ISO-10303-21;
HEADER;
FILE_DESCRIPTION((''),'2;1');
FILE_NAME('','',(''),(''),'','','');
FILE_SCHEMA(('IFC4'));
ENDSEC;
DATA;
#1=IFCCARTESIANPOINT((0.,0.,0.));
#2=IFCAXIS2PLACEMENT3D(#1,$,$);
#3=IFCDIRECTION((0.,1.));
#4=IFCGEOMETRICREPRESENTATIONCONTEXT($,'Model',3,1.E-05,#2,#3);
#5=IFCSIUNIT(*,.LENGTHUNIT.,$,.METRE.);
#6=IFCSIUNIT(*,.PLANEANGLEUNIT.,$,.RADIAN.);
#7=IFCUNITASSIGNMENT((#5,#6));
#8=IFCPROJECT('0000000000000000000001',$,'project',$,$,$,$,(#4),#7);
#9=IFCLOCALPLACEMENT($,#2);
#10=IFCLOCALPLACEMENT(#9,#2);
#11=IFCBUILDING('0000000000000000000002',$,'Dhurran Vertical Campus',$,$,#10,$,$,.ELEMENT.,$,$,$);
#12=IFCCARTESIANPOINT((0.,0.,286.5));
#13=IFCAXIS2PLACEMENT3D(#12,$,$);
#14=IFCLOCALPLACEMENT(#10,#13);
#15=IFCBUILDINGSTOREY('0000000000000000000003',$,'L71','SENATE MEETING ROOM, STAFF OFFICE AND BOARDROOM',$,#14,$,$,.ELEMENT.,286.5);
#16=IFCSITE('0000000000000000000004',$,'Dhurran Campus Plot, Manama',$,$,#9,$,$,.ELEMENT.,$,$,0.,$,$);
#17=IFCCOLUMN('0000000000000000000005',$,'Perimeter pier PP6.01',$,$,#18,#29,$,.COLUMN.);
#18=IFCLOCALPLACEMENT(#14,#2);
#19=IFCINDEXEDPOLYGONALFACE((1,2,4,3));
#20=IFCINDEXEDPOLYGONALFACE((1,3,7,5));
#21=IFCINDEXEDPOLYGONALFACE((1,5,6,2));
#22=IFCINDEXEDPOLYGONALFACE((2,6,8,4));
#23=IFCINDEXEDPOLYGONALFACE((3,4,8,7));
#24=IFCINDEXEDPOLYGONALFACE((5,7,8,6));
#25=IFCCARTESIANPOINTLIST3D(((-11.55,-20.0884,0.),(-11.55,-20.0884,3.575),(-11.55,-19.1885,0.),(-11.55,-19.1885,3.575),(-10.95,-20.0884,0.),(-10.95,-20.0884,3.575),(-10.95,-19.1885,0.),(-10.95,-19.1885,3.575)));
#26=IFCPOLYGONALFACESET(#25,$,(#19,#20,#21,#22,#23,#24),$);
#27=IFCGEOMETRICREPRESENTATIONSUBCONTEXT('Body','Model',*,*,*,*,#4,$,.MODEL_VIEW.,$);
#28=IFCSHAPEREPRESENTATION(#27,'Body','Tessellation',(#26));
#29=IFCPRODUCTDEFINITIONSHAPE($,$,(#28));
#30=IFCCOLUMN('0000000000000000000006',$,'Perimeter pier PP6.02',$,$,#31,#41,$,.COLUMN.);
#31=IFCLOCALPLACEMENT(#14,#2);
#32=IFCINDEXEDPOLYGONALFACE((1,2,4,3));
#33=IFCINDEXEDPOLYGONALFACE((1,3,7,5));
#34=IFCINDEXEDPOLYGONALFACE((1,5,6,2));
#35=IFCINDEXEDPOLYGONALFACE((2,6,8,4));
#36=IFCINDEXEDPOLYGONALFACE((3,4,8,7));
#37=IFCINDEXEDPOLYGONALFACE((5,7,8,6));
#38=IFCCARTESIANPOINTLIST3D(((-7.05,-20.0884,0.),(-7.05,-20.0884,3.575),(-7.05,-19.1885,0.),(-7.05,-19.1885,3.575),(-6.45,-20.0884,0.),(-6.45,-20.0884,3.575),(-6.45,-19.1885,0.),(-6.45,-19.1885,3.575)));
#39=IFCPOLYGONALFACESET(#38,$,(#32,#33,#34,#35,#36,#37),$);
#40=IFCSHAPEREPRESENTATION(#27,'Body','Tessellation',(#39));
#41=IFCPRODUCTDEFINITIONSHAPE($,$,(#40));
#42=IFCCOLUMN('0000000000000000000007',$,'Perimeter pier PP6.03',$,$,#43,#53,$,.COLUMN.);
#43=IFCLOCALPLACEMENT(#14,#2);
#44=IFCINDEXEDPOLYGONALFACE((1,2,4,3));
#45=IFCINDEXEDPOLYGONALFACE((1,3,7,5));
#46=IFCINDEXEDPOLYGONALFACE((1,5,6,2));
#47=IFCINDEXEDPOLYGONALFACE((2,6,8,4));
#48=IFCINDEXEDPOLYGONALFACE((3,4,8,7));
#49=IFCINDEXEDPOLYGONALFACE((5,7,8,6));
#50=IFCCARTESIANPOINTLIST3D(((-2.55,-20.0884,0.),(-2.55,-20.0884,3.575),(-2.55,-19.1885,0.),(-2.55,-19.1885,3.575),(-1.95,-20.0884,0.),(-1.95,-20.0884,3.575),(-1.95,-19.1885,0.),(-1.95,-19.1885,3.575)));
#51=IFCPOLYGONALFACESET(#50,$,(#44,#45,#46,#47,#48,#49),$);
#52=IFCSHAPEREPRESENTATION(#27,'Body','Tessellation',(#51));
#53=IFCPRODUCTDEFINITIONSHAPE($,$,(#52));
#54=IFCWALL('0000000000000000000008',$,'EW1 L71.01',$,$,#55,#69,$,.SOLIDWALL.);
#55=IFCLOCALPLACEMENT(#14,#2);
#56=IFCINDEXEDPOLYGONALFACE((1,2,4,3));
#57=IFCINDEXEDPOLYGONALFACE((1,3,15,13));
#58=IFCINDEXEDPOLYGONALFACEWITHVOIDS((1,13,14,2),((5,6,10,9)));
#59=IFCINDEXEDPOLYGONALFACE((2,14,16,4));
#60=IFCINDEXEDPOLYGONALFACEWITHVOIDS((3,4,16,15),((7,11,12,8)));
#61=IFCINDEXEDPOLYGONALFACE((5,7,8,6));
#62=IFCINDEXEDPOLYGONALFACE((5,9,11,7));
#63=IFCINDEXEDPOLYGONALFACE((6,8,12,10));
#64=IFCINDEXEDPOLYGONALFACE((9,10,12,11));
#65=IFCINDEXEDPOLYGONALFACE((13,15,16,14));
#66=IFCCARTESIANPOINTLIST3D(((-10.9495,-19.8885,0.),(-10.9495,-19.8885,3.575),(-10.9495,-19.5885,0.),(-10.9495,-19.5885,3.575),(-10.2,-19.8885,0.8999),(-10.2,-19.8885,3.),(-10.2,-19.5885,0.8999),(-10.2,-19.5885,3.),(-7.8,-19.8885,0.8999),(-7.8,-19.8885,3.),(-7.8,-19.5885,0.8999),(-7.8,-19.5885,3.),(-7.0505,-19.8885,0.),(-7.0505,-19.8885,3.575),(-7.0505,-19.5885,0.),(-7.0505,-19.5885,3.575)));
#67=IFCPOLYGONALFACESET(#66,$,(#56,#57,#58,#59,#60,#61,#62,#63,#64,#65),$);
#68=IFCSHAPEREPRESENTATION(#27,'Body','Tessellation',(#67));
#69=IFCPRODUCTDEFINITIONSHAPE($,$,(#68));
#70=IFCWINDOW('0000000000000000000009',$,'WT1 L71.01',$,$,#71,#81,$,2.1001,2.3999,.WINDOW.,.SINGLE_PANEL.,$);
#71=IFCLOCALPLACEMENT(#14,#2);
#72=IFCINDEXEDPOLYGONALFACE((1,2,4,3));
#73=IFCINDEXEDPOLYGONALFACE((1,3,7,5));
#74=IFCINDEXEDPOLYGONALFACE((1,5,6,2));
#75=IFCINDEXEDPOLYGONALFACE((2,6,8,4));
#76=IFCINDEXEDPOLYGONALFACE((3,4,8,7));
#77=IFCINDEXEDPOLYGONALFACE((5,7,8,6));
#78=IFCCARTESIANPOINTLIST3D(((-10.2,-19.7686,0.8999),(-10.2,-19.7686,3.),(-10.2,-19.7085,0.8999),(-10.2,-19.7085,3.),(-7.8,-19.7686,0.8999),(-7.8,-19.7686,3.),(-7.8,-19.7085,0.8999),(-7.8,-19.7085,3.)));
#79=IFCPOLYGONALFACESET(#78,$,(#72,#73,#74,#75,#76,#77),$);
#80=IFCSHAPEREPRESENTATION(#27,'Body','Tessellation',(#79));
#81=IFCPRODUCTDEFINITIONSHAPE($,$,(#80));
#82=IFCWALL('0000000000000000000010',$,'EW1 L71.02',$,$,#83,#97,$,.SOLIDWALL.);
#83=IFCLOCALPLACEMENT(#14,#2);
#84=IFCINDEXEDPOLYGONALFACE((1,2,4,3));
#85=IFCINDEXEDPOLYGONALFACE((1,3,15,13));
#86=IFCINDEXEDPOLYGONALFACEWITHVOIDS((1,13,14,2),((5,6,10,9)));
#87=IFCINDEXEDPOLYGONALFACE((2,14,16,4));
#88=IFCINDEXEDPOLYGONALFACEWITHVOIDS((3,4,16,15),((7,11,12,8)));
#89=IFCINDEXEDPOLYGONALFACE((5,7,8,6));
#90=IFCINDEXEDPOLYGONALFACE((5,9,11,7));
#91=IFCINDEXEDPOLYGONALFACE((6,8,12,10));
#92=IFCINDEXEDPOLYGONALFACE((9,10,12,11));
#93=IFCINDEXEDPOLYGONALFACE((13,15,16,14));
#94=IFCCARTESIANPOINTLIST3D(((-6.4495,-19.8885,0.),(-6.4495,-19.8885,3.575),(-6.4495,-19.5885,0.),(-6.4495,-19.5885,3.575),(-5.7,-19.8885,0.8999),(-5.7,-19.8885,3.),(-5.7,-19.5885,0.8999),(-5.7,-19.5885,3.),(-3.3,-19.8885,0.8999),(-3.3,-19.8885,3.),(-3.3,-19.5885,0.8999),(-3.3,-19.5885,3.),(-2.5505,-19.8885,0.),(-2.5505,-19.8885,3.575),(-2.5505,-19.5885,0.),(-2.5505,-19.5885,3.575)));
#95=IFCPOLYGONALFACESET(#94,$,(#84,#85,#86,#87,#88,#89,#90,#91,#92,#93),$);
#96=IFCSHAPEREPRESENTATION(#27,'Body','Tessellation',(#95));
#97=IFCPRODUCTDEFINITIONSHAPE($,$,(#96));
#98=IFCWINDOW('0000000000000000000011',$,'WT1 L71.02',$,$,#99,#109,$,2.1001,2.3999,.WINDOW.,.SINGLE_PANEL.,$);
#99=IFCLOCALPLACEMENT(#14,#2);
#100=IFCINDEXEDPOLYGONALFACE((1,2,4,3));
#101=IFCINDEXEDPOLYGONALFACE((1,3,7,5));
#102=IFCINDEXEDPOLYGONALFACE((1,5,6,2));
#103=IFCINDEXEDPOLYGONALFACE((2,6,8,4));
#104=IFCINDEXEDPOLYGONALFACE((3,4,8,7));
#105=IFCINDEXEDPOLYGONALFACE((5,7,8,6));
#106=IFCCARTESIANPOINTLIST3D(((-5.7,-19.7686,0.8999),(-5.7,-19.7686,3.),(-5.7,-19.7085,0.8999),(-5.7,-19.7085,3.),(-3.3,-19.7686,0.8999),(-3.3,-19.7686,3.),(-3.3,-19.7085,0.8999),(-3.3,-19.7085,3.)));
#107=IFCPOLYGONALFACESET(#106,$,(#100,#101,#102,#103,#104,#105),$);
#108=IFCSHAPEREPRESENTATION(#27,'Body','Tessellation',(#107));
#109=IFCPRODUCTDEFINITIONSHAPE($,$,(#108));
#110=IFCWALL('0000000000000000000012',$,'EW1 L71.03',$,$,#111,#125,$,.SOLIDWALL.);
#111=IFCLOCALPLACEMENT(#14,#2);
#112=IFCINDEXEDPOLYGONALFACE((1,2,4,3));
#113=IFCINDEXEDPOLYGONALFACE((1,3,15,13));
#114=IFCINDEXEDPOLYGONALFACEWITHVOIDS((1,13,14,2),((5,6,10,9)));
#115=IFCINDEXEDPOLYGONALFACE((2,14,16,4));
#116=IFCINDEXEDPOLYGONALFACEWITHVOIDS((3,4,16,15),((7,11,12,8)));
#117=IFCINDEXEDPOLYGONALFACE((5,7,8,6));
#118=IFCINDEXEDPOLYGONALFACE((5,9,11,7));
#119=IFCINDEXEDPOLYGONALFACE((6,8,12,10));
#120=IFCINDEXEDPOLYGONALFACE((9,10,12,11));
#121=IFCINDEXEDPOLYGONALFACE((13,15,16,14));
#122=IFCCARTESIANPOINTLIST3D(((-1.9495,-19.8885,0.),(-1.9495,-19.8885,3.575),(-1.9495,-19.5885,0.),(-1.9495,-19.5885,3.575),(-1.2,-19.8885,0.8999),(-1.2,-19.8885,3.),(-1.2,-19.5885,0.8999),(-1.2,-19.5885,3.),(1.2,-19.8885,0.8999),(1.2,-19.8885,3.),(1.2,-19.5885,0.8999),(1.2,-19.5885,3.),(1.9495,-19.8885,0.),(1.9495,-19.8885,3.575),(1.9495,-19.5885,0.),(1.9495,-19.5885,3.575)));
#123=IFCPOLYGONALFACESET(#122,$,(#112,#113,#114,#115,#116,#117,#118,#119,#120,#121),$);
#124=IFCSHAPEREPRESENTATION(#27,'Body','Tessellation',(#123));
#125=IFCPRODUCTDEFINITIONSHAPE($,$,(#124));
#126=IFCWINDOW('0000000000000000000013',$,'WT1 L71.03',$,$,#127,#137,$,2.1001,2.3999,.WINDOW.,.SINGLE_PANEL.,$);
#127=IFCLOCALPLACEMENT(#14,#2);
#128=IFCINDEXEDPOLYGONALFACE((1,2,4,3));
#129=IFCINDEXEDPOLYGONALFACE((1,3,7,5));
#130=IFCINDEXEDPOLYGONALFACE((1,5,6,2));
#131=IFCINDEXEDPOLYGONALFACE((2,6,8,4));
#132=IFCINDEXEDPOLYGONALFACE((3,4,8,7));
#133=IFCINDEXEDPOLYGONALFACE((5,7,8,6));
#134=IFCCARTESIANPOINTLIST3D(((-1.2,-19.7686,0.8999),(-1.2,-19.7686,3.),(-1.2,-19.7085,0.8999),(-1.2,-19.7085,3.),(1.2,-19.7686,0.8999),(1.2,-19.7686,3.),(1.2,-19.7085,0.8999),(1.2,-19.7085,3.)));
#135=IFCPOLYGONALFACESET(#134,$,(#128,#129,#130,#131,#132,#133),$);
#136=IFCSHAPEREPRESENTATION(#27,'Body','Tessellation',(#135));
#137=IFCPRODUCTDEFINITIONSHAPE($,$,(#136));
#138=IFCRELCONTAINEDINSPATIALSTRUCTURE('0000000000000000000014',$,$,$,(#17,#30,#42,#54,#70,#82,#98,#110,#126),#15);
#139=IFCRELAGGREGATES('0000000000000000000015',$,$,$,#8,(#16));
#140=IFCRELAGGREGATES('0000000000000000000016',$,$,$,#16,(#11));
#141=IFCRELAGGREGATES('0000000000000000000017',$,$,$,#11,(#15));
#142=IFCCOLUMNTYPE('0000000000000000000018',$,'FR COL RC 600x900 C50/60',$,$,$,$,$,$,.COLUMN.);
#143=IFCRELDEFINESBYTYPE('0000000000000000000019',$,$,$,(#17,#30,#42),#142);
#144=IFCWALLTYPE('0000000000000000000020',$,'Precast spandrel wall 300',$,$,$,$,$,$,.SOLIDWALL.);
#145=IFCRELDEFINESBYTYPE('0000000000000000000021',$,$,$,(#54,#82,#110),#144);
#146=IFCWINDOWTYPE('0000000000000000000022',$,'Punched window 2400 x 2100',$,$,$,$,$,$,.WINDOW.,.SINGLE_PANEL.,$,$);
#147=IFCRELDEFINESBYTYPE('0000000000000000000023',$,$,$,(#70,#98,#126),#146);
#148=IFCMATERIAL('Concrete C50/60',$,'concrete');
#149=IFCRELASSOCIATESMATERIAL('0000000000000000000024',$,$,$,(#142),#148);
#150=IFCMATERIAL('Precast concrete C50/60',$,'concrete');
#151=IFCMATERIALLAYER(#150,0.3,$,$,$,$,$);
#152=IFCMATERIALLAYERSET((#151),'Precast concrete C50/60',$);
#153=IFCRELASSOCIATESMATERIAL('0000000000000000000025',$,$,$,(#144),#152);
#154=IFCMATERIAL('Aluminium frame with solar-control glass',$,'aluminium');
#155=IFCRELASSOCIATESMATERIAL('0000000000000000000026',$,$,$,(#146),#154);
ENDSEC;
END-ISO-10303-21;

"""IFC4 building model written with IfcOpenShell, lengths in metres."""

from ifc_helpers import new_model, si_unit, direction, frame, frame_2d, origin, origin_2d, place, context, subcontext, project, spatial, rectangle, extrude, material, layer, layer_set, material_profile, profile_set, type_object, element, fill, save


model = new_model("IFC4")

# Units and contexts
model_context = context("Model", 3, precision=1e-05, world=origin(), true_north=direction((0.0, 1.0)))
body_context = subcontext(model_context, "Body", "Model", "MODEL_VIEW")
ifc_project = project(units=[si_unit("LENGTHUNIT", "METRE"), si_unit("PLANEANGLEUNIT", "RADIAN")], contexts=[model_context])

# Site, building, storey
site_placement = place(None, origin())
site = spatial("IfcSite", under=ifc_project, at=site_placement, Name="Dhurran Campus Plot, Manama", CompositionType="ELEMENT", RefElevation=0.0)
building_placement = place(site_placement, origin())
building = spatial("IfcBuilding", under=site, at=building_placement, Name="Dhurran Vertical Campus", CompositionType="ELEMENT")
storey_placement = place(building_placement, frame((0.0, 0.0, 286.5)))
storey = spatial("IfcBuildingStorey", under=building, at=storey_placement, Name="L71", Description="SENATE MEETING ROOM, STAFF OFFICE AND BOARDROOM", CompositionType="ELEMENT", Elevation=286.5)

# Columns
ifc_material_1 = material(Name="Concrete C50/60", Category="concrete")
ifc_material_profile = material_profile(ifc_material_1, rectangle(XDim=0.6001, YDim=0.8999, at=origin_2d()), Name="RC 600x900")
ifc_profile_set = profile_set([ifc_material_profile], Name="Concrete C50/60")
column_type = type_object("IfcColumnType", Name="FR COL RC 600x900 C50/60", PredefinedType="COLUMN", material=ifc_profile_set)
for number, where, z_axis, x_axis, name in (
    (1, (-11.25, -19.6384, 0.0), (0.0, 0.0, 1.0), (1.0, 0.0, 0.0), "Perimeter pier PP6.01"),
    (2, (-6.75, -19.6384, 0.0), (0.0, 0.0, 1.0), (1.0, 0.0, 0.0), "Perimeter pier PP6.02"),
    (3, (-2.25, -19.6384, 0.0), (0.0, 0.0, 1.0), (1.0, 0.0, 0.0), "Perimeter pier PP6.03"),
):
    element("IfcColumn", number, at=place(storey_placement, frame(where, z_axis=z_axis, x_axis=x_axis)), inside=storey, type_object=column_type, Name=name, PredefinedType="COLUMN", context=body_context, shape_type="SweptSolid", body=[
        extrude(rectangle(XDim=0.6001, YDim=0.8999, at=origin_2d()), origin(), (0.0, 0.0, 1.0), 3.575),
    ])

# Walls, openings, windows
ifc_material_2 = material(Name="Precast concrete C50/60", Category="concrete")
ifc_layer_1 = layer(ifc_material_2, 0.3)
ifc_layer_set_1 = layer_set([ifc_layer_1], Name="Precast concrete C50/60")
wall_type_1 = type_object("IfcWallType", Name="Precast spandrel wall 300", PredefinedType="SOLIDWALL", material=ifc_layer_set_1)
wall_1_placement = place(storey_placement, frame((-10.9495, -19.7385, 0.0), z_axis=(0.0, 0.0, 1.0), x_axis=(1.0, 0.0, 0.0)))
wall_1 = element("IfcWall", 4, at=wall_1_placement, inside=storey, type_object=wall_type_1, Name="EW1 L71.01", PredefinedType="SOLIDWALL", context=body_context, shape_type="SweptSolid", body=[
    extrude(rectangle(XDim=3.8989, YDim=0.3, at=frame_2d((1.9495, 0.0))), origin(), (0.0, 0.0, 1.0), 3.575),
])
opening_1_placement = place(wall_1_placement, frame((0.7495, 0.0, 0.8999)))
opening_1 = element("IfcOpeningElement", 5, at=opening_1_placement, cuts=wall_1, PredefinedType="OPENING", context=body_context, shape_type="SweptSolid", body=[
    extrude(rectangle(XDim=2.3999, YDim=2.1001, at=frame_2d((1.2, 1.05))), frame((0.0, 0.1599, 0.0), z_axis=(0.0, -1.0, 0.0), x_axis=(1.0, 0.0, 0.0)), (0.0, 0.0, 1.0), 0.3201),
])
ifc_material_3 = material(Name="Aluminium frame with solar-control glass", Category="aluminium")
window_type = type_object("IfcWindowType", Name="Punched window 2400 x 2100", PartitioningType="SINGLE_PANEL", PredefinedType="WINDOW", material=ifc_material_3)
window_1_placement = place(opening_1_placement, origin())
window_1 = element("IfcWindow", 6, at=window_1_placement, inside=storey, type_object=window_type, Name="WT1 L71.01", OverallHeight=2.1001, OverallWidth=2.3999, PartitioningType="SINGLE_PANEL", PredefinedType="WINDOW", context=body_context, shape_type="SweptSolid", body=[
    extrude(rectangle(XDim=2.3999, YDim=2.1001, at=frame_2d((1.2, 1.05))), frame((0.0, 0.03, 0.0), z_axis=(0.0, -1.0, 0.0), x_axis=(1.0, 0.0, 0.0)), (0.0, 0.0, 1.0), 0.0601),
])
fill(opening_1, window_1)
wall_2_placement = place(storey_placement, frame((-6.4495, -19.7385, 0.0), z_axis=(0.0, 0.0, 1.0), x_axis=(1.0, 0.0, 0.0)))
wall_2 = element("IfcWall", 7, at=wall_2_placement, inside=storey, type_object=wall_type_1, Name="EW1 L71.02", PredefinedType="SOLIDWALL", context=body_context, shape_type="SweptSolid", body=[
    extrude(rectangle(XDim=3.8989, YDim=0.3, at=frame_2d((1.9495, 0.0))), origin(), (0.0, 0.0, 1.0), 3.575),
])
opening_2_placement = place(wall_2_placement, frame((0.7495, 0.0, 0.8999)))
opening_2 = element("IfcOpeningElement", 8, at=opening_2_placement, cuts=wall_2, PredefinedType="OPENING", context=body_context, shape_type="SweptSolid", body=[
    extrude(rectangle(XDim=2.3999, YDim=2.1001, at=frame_2d((1.2, 1.05))), frame((0.0, 0.1599, 0.0), z_axis=(0.0, -1.0, 0.0), x_axis=(1.0, 0.0, 0.0)), (0.0, 0.0, 1.0), 0.3201),
])
window_2_placement = place(opening_2_placement, origin())
window_2 = element("IfcWindow", 9, at=window_2_placement, inside=storey, type_object=window_type, Name="WT1 L71.02", OverallHeight=2.1001, OverallWidth=2.3999, PartitioningType="SINGLE_PANEL", PredefinedType="WINDOW", context=body_context, shape_type="SweptSolid", body=[
    extrude(rectangle(XDim=2.3999, YDim=2.1001, at=frame_2d((1.2, 1.05))), frame((0.0, 0.03, 0.0), z_axis=(0.0, -1.0, 0.0), x_axis=(1.0, 0.0, 0.0)), (0.0, 0.0, 1.0), 0.0601),
])
fill(opening_2, window_2)
wall_3_placement = place(storey_placement, frame((-1.9495, -19.7385, 0.0), z_axis=(0.0, 0.0, 1.0), x_axis=(1.0, 0.0, 0.0)))
wall_3 = element("IfcWall", 10, at=wall_3_placement, inside=storey, type_object=wall_type_1, Name="EW1 L71.03", PredefinedType="SOLIDWALL", context=body_context, shape_type="SweptSolid", body=[
    extrude(rectangle(XDim=3.8989, YDim=0.3, at=frame_2d((1.9495, 0.0))), origin(), (0.0, 0.0, 1.0), 3.575),
])
opening_3_placement = place(wall_3_placement, frame((0.7495, 0.0, 0.8999)))
opening_3 = element("IfcOpeningElement", 11, at=opening_3_placement, cuts=wall_3, PredefinedType="OPENING", context=body_context, shape_type="SweptSolid", body=[
    extrude(rectangle(XDim=2.3999, YDim=2.1001, at=frame_2d((1.2, 1.05))), frame((0.0, 0.1599, 0.0), z_axis=(0.0, -1.0, 0.0), x_axis=(1.0, 0.0, 0.0)), (0.0, 0.0, 1.0), 0.3201),
])
window_3_placement = place(opening_3_placement, origin())
window_3 = element("IfcWindow", 12, at=window_3_placement, inside=storey, type_object=window_type, Name="WT1 L71.03", OverallHeight=2.1001, OverallWidth=2.3999, PartitioningType="SINGLE_PANEL", PredefinedType="WINDOW", context=body_context, shape_type="SweptSolid", body=[
    extrude(rectangle(XDim=2.3999, YDim=2.1001, at=frame_2d((1.2, 1.05))), frame((0.0, 0.03, 0.0), z_axis=(0.0, -1.0, 0.0), x_axis=(1.0, 0.0, 0.0)), (0.0, 0.0, 1.0), 0.0601),
])
fill(opening_3, window_3)

save(model, "model.ifc")
